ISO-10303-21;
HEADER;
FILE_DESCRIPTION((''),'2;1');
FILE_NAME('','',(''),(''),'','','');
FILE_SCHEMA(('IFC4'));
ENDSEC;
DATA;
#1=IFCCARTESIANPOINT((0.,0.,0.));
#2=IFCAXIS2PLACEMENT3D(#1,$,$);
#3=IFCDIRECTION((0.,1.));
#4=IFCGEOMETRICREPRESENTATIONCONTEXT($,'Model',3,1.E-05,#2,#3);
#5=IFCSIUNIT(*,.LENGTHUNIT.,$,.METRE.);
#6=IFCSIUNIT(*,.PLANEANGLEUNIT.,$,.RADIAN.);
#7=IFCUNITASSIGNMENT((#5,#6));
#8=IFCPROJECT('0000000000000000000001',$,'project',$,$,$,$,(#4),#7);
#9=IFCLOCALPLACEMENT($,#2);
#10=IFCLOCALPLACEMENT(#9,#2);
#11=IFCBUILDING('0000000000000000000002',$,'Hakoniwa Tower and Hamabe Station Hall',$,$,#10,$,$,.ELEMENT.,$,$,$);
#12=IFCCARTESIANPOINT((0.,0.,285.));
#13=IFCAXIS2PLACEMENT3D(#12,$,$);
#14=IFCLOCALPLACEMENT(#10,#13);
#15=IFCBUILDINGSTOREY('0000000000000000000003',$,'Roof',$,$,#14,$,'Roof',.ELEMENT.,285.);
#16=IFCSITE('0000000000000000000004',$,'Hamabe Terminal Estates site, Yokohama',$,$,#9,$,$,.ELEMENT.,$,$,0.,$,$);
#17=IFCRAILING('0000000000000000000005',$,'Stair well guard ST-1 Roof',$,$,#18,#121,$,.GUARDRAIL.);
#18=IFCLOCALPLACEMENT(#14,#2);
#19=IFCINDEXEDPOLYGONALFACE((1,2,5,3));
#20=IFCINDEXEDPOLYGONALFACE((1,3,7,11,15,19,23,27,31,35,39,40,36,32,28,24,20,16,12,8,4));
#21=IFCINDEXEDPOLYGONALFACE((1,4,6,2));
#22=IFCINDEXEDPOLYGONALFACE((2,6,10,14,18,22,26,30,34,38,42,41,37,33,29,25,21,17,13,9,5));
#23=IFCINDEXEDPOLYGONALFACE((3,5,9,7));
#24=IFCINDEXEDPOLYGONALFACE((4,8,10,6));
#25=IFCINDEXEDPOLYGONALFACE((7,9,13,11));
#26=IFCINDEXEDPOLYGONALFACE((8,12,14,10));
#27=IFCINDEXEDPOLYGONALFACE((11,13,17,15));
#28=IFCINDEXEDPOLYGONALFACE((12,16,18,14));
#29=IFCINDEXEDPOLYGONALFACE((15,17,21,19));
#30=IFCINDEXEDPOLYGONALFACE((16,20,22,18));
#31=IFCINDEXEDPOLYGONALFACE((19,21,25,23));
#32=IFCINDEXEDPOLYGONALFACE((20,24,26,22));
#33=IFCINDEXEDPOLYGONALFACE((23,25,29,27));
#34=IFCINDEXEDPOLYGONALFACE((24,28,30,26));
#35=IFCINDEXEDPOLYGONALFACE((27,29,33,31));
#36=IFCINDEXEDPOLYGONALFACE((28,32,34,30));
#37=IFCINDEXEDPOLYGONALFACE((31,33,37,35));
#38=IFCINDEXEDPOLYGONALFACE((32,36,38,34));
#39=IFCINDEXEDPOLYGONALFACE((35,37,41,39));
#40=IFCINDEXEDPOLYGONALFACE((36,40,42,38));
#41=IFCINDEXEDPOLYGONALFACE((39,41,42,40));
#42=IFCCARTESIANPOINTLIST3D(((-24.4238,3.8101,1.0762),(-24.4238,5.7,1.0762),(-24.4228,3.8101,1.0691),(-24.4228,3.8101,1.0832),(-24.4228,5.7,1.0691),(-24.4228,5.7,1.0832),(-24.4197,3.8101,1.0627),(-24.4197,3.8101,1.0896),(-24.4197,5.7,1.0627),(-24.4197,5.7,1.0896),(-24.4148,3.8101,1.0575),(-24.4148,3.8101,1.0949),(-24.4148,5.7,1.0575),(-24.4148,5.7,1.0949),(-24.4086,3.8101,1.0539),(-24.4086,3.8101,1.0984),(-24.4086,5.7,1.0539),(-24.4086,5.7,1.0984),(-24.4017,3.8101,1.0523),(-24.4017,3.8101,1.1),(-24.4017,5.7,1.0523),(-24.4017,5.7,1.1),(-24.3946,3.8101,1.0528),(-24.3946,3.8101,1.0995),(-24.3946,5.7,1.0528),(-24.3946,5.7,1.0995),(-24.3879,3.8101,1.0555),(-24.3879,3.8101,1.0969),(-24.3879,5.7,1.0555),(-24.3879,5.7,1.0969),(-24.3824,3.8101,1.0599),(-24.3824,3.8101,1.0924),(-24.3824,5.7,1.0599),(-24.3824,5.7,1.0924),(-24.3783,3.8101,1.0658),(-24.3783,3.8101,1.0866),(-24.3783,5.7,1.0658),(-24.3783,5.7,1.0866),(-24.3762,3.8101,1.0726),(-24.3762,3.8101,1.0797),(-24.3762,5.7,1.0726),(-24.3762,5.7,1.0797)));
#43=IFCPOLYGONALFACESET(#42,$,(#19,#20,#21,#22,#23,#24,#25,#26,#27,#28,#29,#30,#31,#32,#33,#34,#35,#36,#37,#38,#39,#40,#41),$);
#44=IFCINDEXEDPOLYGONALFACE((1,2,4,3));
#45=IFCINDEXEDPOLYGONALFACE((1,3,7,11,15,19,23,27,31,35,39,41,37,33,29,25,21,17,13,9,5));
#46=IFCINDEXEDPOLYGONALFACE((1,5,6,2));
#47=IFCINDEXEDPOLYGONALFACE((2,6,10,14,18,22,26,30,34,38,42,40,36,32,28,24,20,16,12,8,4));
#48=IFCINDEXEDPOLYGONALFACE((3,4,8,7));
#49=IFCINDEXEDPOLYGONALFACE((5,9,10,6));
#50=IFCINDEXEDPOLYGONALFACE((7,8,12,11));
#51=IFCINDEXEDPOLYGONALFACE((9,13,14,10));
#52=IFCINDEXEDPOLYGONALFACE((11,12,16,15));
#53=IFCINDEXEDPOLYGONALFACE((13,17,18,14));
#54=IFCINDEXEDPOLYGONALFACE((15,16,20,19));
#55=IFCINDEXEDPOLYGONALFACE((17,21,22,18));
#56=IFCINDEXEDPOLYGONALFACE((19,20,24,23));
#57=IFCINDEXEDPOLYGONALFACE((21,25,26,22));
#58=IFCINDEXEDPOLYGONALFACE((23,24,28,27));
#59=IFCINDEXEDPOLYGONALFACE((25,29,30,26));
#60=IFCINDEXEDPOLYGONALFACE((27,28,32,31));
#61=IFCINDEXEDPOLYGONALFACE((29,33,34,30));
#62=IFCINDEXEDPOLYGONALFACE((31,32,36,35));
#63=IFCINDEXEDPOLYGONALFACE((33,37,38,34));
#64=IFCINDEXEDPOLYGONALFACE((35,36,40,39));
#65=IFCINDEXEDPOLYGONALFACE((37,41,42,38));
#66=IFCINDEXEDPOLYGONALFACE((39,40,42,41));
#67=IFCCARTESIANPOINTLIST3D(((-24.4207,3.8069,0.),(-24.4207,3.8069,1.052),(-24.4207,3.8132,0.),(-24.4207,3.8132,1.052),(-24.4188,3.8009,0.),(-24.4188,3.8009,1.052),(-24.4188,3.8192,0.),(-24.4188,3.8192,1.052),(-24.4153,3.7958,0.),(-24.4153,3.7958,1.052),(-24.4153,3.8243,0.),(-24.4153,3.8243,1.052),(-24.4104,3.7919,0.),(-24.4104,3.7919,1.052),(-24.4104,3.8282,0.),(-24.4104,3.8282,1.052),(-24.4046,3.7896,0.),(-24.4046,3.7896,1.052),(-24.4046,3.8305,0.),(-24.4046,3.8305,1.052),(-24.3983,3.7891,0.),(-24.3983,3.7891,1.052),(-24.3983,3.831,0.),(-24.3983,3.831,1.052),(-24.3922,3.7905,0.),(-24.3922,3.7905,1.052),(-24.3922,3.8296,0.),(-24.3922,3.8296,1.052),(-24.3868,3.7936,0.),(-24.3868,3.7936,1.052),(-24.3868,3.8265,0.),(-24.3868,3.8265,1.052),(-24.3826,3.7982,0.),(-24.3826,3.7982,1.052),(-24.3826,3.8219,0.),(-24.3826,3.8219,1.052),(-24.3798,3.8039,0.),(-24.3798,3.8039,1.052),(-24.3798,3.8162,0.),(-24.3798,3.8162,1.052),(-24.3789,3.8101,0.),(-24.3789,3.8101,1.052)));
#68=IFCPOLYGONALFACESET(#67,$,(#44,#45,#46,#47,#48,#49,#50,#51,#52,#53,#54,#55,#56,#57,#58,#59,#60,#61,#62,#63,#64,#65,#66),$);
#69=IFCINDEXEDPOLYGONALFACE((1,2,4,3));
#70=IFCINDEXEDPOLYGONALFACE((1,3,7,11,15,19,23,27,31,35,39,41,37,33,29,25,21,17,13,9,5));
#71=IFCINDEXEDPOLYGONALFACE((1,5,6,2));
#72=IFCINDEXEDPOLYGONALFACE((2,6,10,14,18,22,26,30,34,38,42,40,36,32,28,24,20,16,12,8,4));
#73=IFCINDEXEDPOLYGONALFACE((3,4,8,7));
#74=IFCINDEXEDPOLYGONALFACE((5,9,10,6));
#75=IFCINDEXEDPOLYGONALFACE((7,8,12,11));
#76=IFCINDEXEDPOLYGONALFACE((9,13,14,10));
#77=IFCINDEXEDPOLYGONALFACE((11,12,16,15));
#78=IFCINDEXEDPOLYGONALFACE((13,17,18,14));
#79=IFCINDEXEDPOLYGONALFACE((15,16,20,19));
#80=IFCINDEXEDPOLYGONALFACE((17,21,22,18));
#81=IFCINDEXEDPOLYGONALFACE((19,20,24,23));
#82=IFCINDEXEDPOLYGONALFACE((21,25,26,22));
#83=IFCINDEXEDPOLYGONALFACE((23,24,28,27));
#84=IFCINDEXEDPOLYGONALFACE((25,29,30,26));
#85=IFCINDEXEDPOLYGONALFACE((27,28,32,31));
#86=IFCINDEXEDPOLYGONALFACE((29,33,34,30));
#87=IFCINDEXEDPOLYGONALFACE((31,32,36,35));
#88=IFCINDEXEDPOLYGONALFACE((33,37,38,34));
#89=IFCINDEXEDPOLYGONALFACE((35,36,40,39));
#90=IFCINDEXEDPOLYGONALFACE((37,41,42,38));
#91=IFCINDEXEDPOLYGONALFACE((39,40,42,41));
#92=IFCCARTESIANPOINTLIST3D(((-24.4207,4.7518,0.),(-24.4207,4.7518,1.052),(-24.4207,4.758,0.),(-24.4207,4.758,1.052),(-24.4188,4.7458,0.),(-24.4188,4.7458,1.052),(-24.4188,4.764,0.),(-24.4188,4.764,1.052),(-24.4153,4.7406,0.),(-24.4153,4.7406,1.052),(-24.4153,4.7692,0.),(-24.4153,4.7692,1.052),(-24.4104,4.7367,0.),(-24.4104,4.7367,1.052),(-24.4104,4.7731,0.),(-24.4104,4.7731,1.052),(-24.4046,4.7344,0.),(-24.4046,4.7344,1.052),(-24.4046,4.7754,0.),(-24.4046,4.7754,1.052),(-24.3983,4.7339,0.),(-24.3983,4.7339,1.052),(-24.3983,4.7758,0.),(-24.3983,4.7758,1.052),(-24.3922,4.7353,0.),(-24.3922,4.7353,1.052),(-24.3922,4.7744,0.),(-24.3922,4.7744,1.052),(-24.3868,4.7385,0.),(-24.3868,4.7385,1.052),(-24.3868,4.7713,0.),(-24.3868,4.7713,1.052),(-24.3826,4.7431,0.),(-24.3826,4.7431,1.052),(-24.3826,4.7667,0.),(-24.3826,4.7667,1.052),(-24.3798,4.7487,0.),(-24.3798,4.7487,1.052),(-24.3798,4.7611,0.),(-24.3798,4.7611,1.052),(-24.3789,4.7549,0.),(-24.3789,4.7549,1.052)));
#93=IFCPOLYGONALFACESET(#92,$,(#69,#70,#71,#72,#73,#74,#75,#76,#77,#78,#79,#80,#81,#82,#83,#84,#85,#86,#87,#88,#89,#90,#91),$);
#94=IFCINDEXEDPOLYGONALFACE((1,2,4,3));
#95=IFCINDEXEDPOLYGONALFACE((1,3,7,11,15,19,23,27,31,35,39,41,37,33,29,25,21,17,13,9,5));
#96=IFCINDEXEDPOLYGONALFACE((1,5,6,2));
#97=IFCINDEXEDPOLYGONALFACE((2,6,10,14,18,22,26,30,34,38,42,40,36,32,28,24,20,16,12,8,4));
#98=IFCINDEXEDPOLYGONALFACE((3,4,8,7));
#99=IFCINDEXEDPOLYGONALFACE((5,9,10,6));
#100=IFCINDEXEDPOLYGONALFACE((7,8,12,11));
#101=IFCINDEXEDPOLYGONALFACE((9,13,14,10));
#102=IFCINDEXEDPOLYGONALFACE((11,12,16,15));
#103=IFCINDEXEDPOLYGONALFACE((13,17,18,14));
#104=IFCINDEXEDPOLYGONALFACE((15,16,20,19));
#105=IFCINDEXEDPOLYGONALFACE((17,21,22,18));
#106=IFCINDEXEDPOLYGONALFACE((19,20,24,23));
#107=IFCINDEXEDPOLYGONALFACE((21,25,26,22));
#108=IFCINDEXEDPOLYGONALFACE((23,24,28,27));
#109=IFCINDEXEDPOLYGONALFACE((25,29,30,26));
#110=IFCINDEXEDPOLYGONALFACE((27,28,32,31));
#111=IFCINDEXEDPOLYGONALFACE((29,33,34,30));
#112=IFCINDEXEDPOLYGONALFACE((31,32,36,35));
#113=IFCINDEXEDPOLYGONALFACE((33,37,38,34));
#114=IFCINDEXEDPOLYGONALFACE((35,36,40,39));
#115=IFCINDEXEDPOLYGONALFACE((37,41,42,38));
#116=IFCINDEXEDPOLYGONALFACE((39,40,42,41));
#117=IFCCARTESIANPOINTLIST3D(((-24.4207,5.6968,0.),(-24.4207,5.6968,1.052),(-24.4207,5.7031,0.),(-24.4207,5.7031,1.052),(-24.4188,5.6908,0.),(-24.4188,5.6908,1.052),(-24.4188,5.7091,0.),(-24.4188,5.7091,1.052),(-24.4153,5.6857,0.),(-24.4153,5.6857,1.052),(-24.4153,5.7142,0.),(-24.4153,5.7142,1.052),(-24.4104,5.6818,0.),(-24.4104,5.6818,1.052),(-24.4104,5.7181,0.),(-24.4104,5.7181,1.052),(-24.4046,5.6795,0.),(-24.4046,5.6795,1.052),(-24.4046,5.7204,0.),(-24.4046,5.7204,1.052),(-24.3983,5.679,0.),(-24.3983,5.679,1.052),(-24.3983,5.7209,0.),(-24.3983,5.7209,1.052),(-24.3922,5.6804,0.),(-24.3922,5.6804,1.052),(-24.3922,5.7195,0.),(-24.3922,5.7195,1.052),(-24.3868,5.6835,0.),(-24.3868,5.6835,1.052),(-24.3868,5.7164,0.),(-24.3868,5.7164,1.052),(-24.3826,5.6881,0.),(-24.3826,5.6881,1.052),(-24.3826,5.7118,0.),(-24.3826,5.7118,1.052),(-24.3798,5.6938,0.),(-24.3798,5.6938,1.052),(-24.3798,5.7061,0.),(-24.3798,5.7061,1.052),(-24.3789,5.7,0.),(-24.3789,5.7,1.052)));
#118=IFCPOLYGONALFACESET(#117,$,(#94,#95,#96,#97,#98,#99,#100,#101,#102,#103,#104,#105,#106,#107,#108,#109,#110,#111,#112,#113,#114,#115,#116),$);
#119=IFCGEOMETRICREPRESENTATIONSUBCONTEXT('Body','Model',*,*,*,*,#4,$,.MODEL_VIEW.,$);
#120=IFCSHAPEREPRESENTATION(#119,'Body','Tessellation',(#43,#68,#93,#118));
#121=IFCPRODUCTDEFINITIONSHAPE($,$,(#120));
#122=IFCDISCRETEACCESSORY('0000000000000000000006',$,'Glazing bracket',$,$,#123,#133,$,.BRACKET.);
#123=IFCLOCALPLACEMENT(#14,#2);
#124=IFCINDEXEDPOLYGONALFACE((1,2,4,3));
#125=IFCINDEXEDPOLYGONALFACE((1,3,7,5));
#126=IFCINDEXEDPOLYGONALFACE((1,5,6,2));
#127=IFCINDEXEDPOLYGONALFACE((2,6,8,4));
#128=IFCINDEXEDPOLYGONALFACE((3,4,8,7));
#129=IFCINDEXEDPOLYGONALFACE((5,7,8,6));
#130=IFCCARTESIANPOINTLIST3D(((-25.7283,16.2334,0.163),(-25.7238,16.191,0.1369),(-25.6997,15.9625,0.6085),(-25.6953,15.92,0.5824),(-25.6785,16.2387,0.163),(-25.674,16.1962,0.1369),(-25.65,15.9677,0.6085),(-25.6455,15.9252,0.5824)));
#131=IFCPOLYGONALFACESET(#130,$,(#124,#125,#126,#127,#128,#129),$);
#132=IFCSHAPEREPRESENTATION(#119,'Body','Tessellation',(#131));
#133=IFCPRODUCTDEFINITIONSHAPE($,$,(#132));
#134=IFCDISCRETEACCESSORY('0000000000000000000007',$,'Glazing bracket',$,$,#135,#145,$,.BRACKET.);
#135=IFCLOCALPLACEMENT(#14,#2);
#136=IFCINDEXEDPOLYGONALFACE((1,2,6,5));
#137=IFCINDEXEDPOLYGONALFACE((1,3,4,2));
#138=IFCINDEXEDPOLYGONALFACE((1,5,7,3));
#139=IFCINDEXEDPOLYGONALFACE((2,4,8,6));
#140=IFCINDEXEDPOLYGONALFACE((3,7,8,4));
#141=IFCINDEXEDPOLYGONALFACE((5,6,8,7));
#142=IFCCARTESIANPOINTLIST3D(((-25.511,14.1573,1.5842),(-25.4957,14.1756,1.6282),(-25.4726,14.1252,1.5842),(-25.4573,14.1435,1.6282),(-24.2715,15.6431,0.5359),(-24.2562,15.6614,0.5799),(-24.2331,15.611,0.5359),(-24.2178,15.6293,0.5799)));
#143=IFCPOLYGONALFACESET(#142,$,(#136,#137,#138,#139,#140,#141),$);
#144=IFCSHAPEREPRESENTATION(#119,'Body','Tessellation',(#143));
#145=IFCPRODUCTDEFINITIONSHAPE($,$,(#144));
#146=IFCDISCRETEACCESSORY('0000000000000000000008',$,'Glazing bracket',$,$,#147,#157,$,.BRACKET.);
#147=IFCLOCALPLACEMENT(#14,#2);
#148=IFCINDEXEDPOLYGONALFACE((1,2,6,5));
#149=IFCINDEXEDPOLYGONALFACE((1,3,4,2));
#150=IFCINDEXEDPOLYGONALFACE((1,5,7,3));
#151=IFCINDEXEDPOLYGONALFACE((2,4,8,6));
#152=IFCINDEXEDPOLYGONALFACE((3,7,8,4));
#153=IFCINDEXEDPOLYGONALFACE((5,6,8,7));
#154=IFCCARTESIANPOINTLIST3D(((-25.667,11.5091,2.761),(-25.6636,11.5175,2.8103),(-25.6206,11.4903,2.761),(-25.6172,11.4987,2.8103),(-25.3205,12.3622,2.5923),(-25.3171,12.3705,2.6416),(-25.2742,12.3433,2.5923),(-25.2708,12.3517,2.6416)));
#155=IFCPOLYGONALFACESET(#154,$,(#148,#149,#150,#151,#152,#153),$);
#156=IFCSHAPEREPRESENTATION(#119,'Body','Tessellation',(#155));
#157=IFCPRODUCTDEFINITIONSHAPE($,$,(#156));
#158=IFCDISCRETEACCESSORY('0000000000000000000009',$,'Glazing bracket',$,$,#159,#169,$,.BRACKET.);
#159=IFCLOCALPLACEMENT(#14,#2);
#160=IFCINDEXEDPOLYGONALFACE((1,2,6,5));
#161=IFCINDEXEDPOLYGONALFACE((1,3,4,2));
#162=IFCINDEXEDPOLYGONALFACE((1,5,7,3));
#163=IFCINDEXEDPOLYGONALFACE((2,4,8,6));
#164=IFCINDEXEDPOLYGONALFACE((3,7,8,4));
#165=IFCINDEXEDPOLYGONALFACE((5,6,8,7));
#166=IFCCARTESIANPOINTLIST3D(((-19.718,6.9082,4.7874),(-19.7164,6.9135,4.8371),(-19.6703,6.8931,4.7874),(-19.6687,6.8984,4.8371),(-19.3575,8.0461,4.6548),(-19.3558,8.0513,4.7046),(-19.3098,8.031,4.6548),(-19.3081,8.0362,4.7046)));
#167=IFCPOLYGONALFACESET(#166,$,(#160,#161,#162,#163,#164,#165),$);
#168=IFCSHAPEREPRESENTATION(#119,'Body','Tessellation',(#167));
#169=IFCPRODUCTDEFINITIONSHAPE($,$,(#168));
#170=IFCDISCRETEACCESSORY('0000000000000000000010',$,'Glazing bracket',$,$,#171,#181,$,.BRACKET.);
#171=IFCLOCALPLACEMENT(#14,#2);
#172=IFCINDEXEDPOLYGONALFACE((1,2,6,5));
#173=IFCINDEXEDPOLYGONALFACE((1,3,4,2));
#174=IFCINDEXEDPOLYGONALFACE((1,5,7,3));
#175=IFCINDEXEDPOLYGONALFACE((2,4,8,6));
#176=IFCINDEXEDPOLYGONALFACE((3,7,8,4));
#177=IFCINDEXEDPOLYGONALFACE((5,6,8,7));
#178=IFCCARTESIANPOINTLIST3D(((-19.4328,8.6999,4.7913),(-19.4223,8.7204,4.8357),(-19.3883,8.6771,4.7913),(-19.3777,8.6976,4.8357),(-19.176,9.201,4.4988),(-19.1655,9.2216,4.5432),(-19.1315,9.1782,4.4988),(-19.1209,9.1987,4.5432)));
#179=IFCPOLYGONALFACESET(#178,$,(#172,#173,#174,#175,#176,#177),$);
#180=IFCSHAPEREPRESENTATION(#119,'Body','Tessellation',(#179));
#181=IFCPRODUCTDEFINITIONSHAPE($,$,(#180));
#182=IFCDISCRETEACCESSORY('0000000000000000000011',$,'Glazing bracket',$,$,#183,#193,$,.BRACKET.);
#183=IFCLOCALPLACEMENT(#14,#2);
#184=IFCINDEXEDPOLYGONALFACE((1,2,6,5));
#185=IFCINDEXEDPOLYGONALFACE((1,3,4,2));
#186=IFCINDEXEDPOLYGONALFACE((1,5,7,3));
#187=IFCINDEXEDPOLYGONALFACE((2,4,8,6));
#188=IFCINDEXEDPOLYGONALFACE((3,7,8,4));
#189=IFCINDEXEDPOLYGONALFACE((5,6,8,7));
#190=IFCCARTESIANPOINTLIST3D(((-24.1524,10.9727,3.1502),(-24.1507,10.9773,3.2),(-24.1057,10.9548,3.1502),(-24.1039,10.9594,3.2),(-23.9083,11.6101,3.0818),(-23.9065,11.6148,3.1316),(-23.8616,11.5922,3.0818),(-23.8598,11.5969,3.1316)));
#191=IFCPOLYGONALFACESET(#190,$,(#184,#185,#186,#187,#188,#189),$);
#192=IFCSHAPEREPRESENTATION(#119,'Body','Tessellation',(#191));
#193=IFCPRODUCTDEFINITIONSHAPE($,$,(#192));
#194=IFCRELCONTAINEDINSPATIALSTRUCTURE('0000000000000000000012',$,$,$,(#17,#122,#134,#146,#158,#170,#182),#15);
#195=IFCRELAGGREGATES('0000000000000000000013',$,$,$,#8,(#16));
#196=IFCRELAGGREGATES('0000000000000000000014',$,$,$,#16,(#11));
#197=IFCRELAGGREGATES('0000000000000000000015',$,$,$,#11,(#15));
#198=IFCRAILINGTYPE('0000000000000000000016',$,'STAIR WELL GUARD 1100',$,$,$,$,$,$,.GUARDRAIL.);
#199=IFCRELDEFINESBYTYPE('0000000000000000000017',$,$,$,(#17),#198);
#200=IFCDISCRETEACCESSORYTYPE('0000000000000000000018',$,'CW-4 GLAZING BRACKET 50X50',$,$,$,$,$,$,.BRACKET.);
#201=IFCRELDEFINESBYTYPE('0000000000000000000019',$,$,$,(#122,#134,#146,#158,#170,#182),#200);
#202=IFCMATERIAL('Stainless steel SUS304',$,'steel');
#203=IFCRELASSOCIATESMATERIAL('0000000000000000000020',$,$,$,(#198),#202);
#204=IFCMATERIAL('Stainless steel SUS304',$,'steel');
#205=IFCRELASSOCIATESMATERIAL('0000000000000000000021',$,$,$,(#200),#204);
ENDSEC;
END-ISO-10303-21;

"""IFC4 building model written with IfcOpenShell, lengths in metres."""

from ifc_helpers import new_model, si_unit, direction, frame, origin, origin_2d, place, context, subcontext, project, spatial, rectangle, circle, extrude, material, material_profile, profile_set, type_object, element, save


model = new_model("IFC4")

# Units and contexts
model_context = context("Model", 3, precision=1e-05, world=origin(), true_north=direction((0.0, 1.0)))
body_context = subcontext(model_context, "Body", "Model", "MODEL_VIEW")
ifc_project = project(units=[si_unit("LENGTHUNIT", "METRE"), si_unit("PLANEANGLEUNIT", "RADIAN")], contexts=[model_context])

# Site, building, storey
site_placement = place(None, origin())
site = spatial("IfcSite", under=ifc_project, at=site_placement, Name="Hamabe Terminal Estates site, Yokohama", CompositionType="ELEMENT", RefElevation=0.0)
building_placement = place(site_placement, origin())
building = spatial("IfcBuilding", under=site, at=building_placement, Name="Hakoniwa Tower and Hamabe Station Hall", CompositionType="ELEMENT")
storey_placement = place(building_placement, frame((0.0, 0.0, 285.0)))
storey = spatial("IfcBuildingStorey", under=building, at=storey_placement, Name="Roof", LongName="Roof", CompositionType="ELEMENT", Elevation=285.0)

# Railing
ifc_material_1 = material(Name="Stainless steel SUS304", Category="steel")
railing_type = type_object("IfcRailingType", Name="STAIR WELL GUARD 1100", PredefinedType="GUARDRAIL", material=ifc_material_1)
railing_placement = place(storey_placement, frame((-24.3999, 3.8101, 0.0)))
element("IfcRailing", 1, at=railing_placement, inside=storey, type_object=railing_type, Name="Stair well guard ST-1 Roof", PredefinedType="GUARDRAIL", context=body_context, shape_type="SweptSolid", body=[
    extrude(circle(Radius=0.0239, at=origin_2d()), frame((0.0, 0.0, 1.0762), z_axis=(0.0, 1.0, 0.0), x_axis=(-1.0, 0.0, 0.0)), (0.0, 0.0, 1.0), 1.8899),
    extrude(circle(Radius=0.021, at=origin_2d()), origin(), (0.0, 0.0, 1.0), 1.052),
    extrude(circle(Radius=0.021, at=origin_2d()), frame((0.0, 0.9448, 0.0)), (0.0, 0.0, 1.0), 1.052),
    extrude(circle(Radius=0.021, at=origin_2d()), frame((0.0, 1.8899, 0.0)), (0.0, 0.0, 1.0), 1.052),
])

# Discrete accessories
ifc_material_2 = material(Name="Stainless steel SUS304", Category="steel")
ifc_material_profile_1 = material_profile(ifc_material_2, rectangle(XDim=0.05, YDim=0.05, at=origin_2d()), Name="CW-4 GLAZING BRACKET 50X50")
ifc_profile_set_1 = profile_set([ifc_material_profile_1], Name="Stainless steel SUS304")
discrete_accessory_type = type_object("IfcDiscreteAccessoryType", Name="CW-4 GLAZING BRACKET 50X50", PredefinedType="BRACKET", material=ifc_profile_set_1)
discrete_accessory_1_placement = place(storey_placement, frame((-25.6726, 15.9438, 0.5955), z_axis=(-0.054692, 0.518872, -0.853101), x_axis=(-0.994491, -0.104825, 0.0)))
element("IfcDiscreteAccessory", 2, at=discrete_accessory_1_placement, inside=storey, type_object=discrete_accessory_type, Name="Glazing bracket", PredefinedType="BRACKET", context=body_context, shape_type="SweptSolid", body=[
    extrude(rectangle(XDim=0.05, YDim=0.05, at=origin_2d()), origin(), (0.0, 0.0, 1.0), 0.5222),
])
discrete_accessory_2_placement = place(storey_placement, frame((-25.4841, 14.1504, 1.6062), z_axis=(0.56323, 0.675165, -0.476366), x_axis=(-0.76789, 0.640581, 0.0)))
element("IfcDiscreteAccessory", 3, at=discrete_accessory_2_placement, inside=storey, type_object=discrete_accessory_type, Name="Glazing bracket", PredefinedType="BRACKET", context=body_context, shape_type="SweptSolid", body=[
    extrude(rectangle(XDim=0.05, YDim=0.05, at=origin_2d()), origin(), (0.0, 0.0, 1.0), 2.2007),
])
discrete_accessory_3_placement = place(storey_placement, frame((-25.2957, 12.3569, 2.6169), z_axis=(-0.370116, -0.911335, 0.180232), x_axis=(0.926507, -0.376277, 0.0)))
element("IfcDiscreteAccessory", 4, at=discrete_accessory_3_placement, inside=storey, type_object=discrete_accessory_type, Name="Glazing bracket", PredefinedType="BRACKET", context=body_context, shape_type="SweptSolid", body=[
    extrude(rectangle(XDim=0.05, YDim=0.05, at=origin_2d()), origin(), (0.0, 0.0, 1.0), 0.936),
])
discrete_accessory_4_placement = place(storey_placement, frame((-19.6934, 6.9033, 4.8123), z_axis=(0.300235, 0.947458, -0.110377), x_axis=(-0.953282, 0.302081, 0.0)))
element("IfcDiscreteAccessory", 5, at=discrete_accessory_4_placement, inside=storey, type_object=discrete_accessory_type, Name="Glazing bracket", PredefinedType="BRACKET", context=body_context, shape_type="SweptSolid", body=[
    extrude(rectangle(XDim=0.05, YDim=0.05, at=origin_2d()), origin(), (0.0, 0.0, 1.0), 1.2009),
])
discrete_accessory_5_placement = place(storey_placement, frame((-19.4053, 8.6987, 4.8135), z_axis=(0.404714, 0.789807, -0.460881), x_axis=(-0.889962, 0.456035, 0.0)))
element("IfcDiscreteAccessory", 6, at=discrete_accessory_5_placement, inside=storey, type_object=discrete_accessory_type, Name="Glazing bracket", PredefinedType="BRACKET", context=body_context, shape_type="SweptSolid", body=[
    extrude(rectangle(XDim=0.05, YDim=0.05, at=origin_2d()), origin(), (0.0, 0.0, 1.0), 0.6345),
])
discrete_accessory_6_placement = place(storey_placement, frame((-23.884, 11.6035, 3.1067), z_axis=(-0.35588, -0.929204, 0.099647), x_axis=(0.933852, -0.357661, 0.0)))
element("IfcDiscreteAccessory", 7, at=discrete_accessory_6_placement, inside=storey, type_object=discrete_accessory_type, Name="Glazing bracket", PredefinedType="BRACKET", context=body_context, shape_type="SweptSolid", body=[
    extrude(rectangle(XDim=0.05, YDim=0.05, at=origin_2d()), origin(), (0.0, 0.0, 1.0), 0.686),
])

save(model, "model.ifc")
